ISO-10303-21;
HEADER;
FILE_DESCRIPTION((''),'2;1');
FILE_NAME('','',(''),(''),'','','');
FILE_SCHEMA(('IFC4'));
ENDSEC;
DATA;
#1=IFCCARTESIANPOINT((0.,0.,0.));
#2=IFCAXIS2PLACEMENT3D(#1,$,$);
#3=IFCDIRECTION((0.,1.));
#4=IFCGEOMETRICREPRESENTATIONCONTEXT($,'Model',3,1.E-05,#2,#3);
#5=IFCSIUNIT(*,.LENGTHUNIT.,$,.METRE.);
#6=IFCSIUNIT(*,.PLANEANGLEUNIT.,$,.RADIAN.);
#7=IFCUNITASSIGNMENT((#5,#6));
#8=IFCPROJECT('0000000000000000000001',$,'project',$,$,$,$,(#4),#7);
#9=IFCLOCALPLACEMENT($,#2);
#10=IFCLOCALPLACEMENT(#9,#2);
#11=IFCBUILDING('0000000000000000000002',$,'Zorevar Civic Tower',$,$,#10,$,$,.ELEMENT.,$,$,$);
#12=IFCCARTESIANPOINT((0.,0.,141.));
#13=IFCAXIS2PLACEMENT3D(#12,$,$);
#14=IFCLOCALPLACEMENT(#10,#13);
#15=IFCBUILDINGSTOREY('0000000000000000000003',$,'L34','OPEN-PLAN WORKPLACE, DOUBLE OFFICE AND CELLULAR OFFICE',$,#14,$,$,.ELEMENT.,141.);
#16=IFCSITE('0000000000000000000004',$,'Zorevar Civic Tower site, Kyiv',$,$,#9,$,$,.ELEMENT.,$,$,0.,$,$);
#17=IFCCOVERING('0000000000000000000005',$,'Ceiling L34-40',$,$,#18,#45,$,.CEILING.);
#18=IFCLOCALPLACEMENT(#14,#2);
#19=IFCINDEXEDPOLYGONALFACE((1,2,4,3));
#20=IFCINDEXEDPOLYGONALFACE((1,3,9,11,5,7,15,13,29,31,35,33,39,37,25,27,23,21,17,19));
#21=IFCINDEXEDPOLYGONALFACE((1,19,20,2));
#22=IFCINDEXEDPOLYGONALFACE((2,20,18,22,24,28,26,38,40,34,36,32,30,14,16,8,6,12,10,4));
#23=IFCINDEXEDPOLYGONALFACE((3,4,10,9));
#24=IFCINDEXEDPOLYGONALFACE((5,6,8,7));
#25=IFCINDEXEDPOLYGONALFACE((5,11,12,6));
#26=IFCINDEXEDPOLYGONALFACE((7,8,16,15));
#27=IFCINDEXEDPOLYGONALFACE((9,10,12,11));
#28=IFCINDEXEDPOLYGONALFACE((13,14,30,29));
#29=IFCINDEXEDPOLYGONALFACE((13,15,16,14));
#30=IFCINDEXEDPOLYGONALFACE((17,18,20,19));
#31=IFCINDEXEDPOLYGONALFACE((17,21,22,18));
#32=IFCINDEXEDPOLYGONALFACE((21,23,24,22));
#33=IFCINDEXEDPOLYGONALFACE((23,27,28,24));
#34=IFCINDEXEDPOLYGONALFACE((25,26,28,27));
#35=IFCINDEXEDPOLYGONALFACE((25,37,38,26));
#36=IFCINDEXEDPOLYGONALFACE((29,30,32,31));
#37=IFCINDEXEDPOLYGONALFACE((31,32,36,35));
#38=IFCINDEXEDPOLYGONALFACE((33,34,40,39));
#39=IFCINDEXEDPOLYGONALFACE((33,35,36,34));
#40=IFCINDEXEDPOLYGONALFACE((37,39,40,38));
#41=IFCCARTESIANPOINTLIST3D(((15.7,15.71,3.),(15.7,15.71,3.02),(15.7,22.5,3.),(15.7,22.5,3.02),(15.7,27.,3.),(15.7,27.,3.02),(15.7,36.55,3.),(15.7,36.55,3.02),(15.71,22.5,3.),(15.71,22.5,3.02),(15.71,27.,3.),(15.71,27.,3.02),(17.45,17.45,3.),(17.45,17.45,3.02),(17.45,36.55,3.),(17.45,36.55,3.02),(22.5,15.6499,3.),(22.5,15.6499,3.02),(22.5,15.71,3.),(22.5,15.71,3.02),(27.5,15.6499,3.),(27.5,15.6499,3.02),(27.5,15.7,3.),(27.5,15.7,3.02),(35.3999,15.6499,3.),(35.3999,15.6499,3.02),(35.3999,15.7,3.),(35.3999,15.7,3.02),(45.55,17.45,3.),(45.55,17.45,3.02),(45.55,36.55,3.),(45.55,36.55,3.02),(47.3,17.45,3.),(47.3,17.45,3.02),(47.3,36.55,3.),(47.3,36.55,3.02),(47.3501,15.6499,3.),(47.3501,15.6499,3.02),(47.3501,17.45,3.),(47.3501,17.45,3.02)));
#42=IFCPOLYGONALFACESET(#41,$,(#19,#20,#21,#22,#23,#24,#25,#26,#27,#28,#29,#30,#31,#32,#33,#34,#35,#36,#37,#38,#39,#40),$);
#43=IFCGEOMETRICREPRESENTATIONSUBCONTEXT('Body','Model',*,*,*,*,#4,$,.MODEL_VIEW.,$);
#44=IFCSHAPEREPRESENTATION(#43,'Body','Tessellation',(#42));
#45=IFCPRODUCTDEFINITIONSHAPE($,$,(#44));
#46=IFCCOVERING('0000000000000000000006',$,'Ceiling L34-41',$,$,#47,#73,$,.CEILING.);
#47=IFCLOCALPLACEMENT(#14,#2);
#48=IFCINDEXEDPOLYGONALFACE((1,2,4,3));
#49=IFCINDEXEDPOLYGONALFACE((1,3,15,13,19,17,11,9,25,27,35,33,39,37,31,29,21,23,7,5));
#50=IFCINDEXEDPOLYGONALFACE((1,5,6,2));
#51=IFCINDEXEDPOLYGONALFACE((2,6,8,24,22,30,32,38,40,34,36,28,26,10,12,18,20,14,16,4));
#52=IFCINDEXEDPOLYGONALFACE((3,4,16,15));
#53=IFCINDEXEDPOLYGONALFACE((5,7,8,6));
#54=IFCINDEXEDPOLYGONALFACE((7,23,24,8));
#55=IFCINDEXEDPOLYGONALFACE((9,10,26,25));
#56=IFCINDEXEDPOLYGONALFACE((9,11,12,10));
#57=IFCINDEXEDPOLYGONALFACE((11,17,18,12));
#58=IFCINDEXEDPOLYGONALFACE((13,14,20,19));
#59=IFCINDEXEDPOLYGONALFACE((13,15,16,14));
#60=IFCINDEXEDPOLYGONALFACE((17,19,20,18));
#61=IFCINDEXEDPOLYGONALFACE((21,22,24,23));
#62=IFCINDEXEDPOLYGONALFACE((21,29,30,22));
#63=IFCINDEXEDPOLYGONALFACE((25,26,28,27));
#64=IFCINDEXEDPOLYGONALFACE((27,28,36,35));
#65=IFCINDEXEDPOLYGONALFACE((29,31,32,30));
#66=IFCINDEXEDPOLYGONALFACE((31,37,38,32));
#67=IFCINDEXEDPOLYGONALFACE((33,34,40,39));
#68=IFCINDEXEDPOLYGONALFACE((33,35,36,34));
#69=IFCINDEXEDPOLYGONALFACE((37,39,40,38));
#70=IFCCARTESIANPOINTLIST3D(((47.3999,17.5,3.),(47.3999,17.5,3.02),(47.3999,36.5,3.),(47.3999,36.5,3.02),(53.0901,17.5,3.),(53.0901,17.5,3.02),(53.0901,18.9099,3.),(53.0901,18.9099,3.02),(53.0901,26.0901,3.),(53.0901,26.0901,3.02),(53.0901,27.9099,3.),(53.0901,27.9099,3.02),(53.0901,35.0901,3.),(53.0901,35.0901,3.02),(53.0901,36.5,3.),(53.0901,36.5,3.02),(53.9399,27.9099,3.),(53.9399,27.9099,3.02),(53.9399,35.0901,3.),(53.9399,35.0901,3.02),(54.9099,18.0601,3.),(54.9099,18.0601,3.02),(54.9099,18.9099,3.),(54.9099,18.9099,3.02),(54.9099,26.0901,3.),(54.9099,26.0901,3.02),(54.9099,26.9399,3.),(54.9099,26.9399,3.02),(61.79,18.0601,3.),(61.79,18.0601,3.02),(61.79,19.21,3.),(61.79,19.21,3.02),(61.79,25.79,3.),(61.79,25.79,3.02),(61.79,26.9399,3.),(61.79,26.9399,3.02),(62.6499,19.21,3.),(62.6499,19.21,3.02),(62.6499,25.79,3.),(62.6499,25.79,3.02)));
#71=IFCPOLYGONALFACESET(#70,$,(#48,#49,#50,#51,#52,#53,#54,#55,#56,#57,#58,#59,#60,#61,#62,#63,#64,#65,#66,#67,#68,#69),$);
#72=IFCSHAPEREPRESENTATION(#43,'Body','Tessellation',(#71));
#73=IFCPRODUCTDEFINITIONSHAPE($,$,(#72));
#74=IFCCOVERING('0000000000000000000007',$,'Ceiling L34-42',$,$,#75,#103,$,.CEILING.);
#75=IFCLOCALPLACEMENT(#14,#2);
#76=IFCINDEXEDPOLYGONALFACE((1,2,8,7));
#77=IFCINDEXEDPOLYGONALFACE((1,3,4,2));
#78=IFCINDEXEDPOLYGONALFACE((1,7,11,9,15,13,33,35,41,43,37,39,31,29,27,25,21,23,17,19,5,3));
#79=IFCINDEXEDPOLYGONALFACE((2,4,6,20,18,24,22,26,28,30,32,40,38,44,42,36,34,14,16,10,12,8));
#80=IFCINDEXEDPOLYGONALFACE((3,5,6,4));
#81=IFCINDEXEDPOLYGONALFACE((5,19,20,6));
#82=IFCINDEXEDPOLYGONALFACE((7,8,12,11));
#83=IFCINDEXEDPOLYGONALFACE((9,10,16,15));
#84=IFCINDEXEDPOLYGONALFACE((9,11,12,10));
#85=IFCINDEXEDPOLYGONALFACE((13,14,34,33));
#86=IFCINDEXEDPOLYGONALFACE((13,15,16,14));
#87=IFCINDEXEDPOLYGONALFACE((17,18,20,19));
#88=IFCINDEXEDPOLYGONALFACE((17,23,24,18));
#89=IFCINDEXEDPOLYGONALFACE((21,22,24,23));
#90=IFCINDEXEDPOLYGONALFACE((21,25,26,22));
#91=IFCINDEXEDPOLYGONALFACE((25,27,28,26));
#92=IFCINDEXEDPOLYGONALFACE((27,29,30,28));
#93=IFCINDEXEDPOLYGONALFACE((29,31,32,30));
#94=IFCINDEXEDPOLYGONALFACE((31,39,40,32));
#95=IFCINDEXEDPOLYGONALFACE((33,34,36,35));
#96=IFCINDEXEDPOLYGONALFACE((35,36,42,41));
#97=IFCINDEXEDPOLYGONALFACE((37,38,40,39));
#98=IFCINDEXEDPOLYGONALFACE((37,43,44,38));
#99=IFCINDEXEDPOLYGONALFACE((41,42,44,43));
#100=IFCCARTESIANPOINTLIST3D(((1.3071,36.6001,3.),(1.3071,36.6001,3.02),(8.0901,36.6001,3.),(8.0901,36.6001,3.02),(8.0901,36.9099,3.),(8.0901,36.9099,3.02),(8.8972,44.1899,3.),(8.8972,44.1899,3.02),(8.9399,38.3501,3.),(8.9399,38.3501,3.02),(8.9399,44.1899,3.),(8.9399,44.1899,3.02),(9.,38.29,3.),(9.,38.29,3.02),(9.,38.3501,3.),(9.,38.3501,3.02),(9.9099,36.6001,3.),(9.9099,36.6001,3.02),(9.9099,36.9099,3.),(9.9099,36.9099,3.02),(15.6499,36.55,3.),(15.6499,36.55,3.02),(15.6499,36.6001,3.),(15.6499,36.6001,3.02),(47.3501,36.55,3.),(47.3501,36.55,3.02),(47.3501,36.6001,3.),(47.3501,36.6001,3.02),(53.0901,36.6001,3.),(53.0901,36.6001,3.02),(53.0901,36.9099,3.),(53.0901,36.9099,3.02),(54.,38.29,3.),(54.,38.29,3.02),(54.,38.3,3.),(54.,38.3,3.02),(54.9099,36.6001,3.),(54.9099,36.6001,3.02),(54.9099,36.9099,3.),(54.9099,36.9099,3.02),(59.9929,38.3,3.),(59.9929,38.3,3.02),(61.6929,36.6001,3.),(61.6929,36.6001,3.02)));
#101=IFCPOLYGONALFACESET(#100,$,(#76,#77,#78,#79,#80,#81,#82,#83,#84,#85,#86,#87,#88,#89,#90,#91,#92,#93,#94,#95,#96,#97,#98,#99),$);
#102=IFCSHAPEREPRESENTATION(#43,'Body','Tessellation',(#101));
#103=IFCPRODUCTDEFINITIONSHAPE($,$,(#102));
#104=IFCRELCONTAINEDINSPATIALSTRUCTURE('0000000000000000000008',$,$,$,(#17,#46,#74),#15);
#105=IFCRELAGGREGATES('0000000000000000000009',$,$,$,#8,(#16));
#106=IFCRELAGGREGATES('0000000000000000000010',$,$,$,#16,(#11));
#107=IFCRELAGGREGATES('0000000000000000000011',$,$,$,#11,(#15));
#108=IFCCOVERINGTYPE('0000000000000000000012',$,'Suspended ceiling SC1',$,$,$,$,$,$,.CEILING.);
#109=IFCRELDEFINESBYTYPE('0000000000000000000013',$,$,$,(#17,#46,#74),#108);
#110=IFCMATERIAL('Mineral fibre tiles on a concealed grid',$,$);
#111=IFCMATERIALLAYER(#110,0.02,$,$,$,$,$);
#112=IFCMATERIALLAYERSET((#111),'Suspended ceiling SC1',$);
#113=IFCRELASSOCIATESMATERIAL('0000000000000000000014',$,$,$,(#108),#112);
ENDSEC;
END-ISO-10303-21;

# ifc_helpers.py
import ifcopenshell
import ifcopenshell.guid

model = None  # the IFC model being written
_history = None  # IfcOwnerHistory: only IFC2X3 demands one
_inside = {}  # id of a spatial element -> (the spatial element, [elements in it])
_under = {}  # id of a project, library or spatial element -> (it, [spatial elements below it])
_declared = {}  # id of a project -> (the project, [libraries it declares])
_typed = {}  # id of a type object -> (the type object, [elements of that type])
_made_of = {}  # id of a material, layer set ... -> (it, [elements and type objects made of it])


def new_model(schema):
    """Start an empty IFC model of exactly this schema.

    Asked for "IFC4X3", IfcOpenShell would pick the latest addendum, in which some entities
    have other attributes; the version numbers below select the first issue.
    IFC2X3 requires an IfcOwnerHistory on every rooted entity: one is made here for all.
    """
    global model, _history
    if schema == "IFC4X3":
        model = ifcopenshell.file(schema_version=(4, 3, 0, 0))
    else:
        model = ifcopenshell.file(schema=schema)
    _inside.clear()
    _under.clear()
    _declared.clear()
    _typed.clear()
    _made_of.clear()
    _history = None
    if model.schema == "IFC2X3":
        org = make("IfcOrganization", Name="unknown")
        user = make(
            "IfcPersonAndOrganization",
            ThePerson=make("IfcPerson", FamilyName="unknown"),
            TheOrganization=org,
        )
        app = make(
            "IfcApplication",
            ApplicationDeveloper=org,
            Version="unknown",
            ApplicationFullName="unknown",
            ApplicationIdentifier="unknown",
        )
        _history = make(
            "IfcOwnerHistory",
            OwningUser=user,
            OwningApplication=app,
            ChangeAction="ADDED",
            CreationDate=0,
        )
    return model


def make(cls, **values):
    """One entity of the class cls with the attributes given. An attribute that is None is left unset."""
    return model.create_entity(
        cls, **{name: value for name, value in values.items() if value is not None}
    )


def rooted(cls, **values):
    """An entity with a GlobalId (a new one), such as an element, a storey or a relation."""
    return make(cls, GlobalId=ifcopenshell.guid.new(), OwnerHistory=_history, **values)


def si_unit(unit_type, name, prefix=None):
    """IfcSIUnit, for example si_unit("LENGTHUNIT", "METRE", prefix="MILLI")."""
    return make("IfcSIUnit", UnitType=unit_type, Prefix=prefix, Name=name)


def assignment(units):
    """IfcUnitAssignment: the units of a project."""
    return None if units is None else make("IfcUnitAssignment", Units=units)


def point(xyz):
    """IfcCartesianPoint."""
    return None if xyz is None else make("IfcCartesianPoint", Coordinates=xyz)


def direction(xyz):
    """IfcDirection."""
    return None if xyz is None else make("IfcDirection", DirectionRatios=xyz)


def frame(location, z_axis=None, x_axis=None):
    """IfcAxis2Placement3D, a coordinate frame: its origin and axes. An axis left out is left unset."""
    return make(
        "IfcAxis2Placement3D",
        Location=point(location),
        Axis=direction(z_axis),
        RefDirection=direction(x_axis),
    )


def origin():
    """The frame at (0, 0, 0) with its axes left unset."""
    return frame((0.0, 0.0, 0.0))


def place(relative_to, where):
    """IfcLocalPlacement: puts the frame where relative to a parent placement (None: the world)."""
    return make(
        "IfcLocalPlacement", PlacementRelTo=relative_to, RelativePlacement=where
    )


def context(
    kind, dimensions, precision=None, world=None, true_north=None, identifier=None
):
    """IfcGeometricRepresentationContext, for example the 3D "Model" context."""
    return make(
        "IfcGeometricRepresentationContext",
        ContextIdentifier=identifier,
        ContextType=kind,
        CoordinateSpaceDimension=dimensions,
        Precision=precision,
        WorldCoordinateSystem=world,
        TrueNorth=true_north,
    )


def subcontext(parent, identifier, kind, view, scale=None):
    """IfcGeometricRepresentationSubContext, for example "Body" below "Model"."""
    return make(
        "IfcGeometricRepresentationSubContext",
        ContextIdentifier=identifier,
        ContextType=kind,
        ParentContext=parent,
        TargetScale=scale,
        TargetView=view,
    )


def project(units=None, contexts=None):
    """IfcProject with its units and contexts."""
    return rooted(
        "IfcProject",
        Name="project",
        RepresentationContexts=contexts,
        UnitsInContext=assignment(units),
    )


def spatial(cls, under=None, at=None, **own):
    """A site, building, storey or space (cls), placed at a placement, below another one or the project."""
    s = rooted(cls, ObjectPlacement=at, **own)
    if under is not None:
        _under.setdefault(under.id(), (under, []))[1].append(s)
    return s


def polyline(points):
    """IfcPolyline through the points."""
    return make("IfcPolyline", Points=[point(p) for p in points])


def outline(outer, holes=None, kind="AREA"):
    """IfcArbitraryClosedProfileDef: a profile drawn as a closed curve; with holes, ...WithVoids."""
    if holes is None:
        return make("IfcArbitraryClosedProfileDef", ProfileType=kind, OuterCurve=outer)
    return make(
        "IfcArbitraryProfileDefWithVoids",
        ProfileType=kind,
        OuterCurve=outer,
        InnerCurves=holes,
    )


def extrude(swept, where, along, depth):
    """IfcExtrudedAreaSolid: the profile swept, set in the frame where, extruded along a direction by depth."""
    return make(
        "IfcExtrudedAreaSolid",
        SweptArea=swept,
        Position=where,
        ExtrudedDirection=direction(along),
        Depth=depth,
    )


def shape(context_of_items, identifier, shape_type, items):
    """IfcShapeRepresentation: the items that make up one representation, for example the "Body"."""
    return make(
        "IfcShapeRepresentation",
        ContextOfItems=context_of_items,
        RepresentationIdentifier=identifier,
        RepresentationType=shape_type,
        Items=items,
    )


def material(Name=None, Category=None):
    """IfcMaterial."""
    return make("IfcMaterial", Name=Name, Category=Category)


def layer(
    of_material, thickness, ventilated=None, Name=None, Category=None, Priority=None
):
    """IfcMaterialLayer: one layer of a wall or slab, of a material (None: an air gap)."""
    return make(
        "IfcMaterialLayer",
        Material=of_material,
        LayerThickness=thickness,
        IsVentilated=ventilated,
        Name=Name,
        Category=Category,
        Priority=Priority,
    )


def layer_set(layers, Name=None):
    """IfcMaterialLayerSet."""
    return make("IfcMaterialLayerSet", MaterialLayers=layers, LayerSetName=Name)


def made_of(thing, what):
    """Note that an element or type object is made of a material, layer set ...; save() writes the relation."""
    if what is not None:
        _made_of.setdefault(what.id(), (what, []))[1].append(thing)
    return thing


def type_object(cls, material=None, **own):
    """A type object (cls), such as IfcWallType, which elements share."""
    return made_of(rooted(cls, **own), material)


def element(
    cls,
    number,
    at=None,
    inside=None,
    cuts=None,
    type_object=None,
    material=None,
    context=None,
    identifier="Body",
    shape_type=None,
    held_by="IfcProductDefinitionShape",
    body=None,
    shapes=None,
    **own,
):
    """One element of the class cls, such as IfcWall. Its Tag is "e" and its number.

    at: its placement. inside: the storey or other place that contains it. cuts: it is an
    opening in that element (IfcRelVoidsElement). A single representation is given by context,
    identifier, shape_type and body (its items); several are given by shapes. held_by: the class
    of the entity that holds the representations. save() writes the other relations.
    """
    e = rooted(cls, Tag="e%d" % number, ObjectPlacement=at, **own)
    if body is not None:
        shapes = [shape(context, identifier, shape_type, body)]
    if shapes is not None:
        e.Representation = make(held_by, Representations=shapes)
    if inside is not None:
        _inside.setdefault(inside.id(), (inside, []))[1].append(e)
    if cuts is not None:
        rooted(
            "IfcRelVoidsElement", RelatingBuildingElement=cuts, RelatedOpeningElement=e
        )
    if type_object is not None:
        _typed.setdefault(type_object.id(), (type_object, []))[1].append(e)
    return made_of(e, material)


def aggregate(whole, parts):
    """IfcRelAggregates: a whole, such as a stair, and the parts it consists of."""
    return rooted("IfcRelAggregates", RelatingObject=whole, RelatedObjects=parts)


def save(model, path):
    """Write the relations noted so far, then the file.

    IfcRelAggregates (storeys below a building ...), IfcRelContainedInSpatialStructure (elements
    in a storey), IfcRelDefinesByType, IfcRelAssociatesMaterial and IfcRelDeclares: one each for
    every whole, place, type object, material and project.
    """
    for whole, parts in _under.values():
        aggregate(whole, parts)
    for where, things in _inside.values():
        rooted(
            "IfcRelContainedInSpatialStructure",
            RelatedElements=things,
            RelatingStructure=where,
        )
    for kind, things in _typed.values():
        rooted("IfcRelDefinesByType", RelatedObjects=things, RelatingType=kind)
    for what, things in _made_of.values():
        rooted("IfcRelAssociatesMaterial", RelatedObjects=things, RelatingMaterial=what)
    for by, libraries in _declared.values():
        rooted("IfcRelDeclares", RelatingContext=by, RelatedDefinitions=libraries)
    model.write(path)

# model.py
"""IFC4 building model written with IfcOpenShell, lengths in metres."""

from ifc_helpers import new_model, si_unit, direction, frame, origin, place, context, subcontext, project, spatial, polyline, outline, extrude, material, layer, layer_set, type_object, element, save


model = new_model("IFC4")

# Units and contexts
model_context = context("Model", 3, precision=1e-05, world=origin(), true_north=direction((0.0, 1.0)))
body_context = subcontext(model_context, "Body", "Model", "MODEL_VIEW")
ifc_project = project(units=[si_unit("LENGTHUNIT", "METRE"), si_unit("PLANEANGLEUNIT", "RADIAN")], contexts=[model_context])

# Site, building, storey
site_placement = place(None, origin())
site = spatial("IfcSite", under=ifc_project, at=site_placement, Name="Zorevar Civic Tower site, Kyiv", CompositionType="ELEMENT", RefElevation=0.0)
building_placement = place(site_placement, origin())
building = spatial("IfcBuilding", under=site, at=building_placement, Name="Zorevar Civic Tower", CompositionType="ELEMENT")
storey_placement = place(building_placement, frame((0.0, 0.0, 141.0)))
storey = spatial("IfcBuildingStorey", under=building, at=storey_placement, Name="L34", Description="OPEN-PLAN WORKPLACE, DOUBLE OFFICE AND CELLULAR OFFICE", CompositionType="ELEMENT", Elevation=141.0)

# Coverings
ifc_material_1 = material(Name="Mineral fibre tiles on a concealed grid")
ifc_layer_1 = layer(ifc_material_1, 0.02)
ifc_layer_set_1 = layer_set([ifc_layer_1], Name="Suspended ceiling SC1")
covering_type_1 = type_object("IfcCoveringType", Name="Suspended ceiling SC1", PredefinedType="CEILING", material=ifc_layer_set_1)
covering_1_placement = place(storey_placement, frame((0.0, 0.0, 3.0)))
element("IfcCovering", 1, at=covering_1_placement, inside=storey, type_object=covering_type_1, Name="Ceiling L34-40", PredefinedType="CEILING", context=body_context, shape_type="SweptSolid", body=[
    extrude(outline(polyline([(27.5, 15.6499), (22.5, 15.6499), (22.5, 15.71), (15.7, 15.71), (15.7, 22.5), (15.71, 22.5), (15.71, 27.0), (15.7, 27.0), (15.7, 36.55), (17.45, 36.55), (17.45, 17.45), (45.55, 17.45), (45.55, 36.55), (47.3, 36.55), (47.3, 17.45), (47.3501, 17.45), (47.3501, 15.6499), (35.3999, 15.6499), (35.3999, 15.7), (27.5, 15.7), (27.5, 15.6499)])), origin(), (0.0, 0.0, 1.0), 0.02),
])
covering_2_placement = place(storey_placement, frame((0.0, 0.0, 3.0)))
element("IfcCovering", 2, at=covering_2_placement, inside=storey, type_object=covering_type_1, Name="Ceiling L34-41", PredefinedType="CEILING", context=body_context, shape_type="SweptSolid", body=[
    extrude(outline(polyline([(62.6499, 19.21), (61.79, 19.21), (61.79, 18.0601), (54.9099, 18.0601), (54.9099, 18.9099), (53.0901, 18.9099), (53.0901, 17.5), (47.3999, 17.5), (47.3999, 36.5), (53.0901, 36.5), (53.0901, 35.0901), (53.9399, 35.0901), (53.9399, 27.9099), (53.0901, 27.9099), (53.0901, 26.0901), (54.9099, 26.0901), (54.9099, 26.9399), (61.79, 26.9399), (61.79, 25.79), (62.6499, 25.79), (62.6499, 19.21)])), origin(), (0.0, 0.0, 1.0), 0.02),
])
covering_3_placement = place(storey_placement, frame((0.0, 0.0, 3.0)))
element("IfcCovering", 3, at=covering_3_placement, inside=storey, type_object=covering_type_1, Name="Ceiling L34-42", PredefinedType="CEILING", context=body_context, shape_type="SweptSolid", body=[
    extrude(outline(polyline([(8.9399, 44.1899), (8.9399, 38.3501), (9.0, 38.3501), (9.0, 38.29), (54.0, 38.29), (54.0, 38.3), (59.9929, 38.3), (61.6929, 36.6001), (54.9099, 36.6001), (54.9099, 36.9099), (53.0901, 36.9099), (53.0901, 36.6001), (47.3501, 36.6001), (47.3501, 36.55), (15.6499, 36.55), (15.6499, 36.6001), (9.9099, 36.6001), (9.9099, 36.9099), (8.0901, 36.9099), (8.0901, 36.6001), (1.3071, 36.6001), (8.8972, 44.1899), (8.9399, 44.1899)])), origin(), (0.0, 0.0, 1.0), 0.02),
])

save(model, "model.ifc")
